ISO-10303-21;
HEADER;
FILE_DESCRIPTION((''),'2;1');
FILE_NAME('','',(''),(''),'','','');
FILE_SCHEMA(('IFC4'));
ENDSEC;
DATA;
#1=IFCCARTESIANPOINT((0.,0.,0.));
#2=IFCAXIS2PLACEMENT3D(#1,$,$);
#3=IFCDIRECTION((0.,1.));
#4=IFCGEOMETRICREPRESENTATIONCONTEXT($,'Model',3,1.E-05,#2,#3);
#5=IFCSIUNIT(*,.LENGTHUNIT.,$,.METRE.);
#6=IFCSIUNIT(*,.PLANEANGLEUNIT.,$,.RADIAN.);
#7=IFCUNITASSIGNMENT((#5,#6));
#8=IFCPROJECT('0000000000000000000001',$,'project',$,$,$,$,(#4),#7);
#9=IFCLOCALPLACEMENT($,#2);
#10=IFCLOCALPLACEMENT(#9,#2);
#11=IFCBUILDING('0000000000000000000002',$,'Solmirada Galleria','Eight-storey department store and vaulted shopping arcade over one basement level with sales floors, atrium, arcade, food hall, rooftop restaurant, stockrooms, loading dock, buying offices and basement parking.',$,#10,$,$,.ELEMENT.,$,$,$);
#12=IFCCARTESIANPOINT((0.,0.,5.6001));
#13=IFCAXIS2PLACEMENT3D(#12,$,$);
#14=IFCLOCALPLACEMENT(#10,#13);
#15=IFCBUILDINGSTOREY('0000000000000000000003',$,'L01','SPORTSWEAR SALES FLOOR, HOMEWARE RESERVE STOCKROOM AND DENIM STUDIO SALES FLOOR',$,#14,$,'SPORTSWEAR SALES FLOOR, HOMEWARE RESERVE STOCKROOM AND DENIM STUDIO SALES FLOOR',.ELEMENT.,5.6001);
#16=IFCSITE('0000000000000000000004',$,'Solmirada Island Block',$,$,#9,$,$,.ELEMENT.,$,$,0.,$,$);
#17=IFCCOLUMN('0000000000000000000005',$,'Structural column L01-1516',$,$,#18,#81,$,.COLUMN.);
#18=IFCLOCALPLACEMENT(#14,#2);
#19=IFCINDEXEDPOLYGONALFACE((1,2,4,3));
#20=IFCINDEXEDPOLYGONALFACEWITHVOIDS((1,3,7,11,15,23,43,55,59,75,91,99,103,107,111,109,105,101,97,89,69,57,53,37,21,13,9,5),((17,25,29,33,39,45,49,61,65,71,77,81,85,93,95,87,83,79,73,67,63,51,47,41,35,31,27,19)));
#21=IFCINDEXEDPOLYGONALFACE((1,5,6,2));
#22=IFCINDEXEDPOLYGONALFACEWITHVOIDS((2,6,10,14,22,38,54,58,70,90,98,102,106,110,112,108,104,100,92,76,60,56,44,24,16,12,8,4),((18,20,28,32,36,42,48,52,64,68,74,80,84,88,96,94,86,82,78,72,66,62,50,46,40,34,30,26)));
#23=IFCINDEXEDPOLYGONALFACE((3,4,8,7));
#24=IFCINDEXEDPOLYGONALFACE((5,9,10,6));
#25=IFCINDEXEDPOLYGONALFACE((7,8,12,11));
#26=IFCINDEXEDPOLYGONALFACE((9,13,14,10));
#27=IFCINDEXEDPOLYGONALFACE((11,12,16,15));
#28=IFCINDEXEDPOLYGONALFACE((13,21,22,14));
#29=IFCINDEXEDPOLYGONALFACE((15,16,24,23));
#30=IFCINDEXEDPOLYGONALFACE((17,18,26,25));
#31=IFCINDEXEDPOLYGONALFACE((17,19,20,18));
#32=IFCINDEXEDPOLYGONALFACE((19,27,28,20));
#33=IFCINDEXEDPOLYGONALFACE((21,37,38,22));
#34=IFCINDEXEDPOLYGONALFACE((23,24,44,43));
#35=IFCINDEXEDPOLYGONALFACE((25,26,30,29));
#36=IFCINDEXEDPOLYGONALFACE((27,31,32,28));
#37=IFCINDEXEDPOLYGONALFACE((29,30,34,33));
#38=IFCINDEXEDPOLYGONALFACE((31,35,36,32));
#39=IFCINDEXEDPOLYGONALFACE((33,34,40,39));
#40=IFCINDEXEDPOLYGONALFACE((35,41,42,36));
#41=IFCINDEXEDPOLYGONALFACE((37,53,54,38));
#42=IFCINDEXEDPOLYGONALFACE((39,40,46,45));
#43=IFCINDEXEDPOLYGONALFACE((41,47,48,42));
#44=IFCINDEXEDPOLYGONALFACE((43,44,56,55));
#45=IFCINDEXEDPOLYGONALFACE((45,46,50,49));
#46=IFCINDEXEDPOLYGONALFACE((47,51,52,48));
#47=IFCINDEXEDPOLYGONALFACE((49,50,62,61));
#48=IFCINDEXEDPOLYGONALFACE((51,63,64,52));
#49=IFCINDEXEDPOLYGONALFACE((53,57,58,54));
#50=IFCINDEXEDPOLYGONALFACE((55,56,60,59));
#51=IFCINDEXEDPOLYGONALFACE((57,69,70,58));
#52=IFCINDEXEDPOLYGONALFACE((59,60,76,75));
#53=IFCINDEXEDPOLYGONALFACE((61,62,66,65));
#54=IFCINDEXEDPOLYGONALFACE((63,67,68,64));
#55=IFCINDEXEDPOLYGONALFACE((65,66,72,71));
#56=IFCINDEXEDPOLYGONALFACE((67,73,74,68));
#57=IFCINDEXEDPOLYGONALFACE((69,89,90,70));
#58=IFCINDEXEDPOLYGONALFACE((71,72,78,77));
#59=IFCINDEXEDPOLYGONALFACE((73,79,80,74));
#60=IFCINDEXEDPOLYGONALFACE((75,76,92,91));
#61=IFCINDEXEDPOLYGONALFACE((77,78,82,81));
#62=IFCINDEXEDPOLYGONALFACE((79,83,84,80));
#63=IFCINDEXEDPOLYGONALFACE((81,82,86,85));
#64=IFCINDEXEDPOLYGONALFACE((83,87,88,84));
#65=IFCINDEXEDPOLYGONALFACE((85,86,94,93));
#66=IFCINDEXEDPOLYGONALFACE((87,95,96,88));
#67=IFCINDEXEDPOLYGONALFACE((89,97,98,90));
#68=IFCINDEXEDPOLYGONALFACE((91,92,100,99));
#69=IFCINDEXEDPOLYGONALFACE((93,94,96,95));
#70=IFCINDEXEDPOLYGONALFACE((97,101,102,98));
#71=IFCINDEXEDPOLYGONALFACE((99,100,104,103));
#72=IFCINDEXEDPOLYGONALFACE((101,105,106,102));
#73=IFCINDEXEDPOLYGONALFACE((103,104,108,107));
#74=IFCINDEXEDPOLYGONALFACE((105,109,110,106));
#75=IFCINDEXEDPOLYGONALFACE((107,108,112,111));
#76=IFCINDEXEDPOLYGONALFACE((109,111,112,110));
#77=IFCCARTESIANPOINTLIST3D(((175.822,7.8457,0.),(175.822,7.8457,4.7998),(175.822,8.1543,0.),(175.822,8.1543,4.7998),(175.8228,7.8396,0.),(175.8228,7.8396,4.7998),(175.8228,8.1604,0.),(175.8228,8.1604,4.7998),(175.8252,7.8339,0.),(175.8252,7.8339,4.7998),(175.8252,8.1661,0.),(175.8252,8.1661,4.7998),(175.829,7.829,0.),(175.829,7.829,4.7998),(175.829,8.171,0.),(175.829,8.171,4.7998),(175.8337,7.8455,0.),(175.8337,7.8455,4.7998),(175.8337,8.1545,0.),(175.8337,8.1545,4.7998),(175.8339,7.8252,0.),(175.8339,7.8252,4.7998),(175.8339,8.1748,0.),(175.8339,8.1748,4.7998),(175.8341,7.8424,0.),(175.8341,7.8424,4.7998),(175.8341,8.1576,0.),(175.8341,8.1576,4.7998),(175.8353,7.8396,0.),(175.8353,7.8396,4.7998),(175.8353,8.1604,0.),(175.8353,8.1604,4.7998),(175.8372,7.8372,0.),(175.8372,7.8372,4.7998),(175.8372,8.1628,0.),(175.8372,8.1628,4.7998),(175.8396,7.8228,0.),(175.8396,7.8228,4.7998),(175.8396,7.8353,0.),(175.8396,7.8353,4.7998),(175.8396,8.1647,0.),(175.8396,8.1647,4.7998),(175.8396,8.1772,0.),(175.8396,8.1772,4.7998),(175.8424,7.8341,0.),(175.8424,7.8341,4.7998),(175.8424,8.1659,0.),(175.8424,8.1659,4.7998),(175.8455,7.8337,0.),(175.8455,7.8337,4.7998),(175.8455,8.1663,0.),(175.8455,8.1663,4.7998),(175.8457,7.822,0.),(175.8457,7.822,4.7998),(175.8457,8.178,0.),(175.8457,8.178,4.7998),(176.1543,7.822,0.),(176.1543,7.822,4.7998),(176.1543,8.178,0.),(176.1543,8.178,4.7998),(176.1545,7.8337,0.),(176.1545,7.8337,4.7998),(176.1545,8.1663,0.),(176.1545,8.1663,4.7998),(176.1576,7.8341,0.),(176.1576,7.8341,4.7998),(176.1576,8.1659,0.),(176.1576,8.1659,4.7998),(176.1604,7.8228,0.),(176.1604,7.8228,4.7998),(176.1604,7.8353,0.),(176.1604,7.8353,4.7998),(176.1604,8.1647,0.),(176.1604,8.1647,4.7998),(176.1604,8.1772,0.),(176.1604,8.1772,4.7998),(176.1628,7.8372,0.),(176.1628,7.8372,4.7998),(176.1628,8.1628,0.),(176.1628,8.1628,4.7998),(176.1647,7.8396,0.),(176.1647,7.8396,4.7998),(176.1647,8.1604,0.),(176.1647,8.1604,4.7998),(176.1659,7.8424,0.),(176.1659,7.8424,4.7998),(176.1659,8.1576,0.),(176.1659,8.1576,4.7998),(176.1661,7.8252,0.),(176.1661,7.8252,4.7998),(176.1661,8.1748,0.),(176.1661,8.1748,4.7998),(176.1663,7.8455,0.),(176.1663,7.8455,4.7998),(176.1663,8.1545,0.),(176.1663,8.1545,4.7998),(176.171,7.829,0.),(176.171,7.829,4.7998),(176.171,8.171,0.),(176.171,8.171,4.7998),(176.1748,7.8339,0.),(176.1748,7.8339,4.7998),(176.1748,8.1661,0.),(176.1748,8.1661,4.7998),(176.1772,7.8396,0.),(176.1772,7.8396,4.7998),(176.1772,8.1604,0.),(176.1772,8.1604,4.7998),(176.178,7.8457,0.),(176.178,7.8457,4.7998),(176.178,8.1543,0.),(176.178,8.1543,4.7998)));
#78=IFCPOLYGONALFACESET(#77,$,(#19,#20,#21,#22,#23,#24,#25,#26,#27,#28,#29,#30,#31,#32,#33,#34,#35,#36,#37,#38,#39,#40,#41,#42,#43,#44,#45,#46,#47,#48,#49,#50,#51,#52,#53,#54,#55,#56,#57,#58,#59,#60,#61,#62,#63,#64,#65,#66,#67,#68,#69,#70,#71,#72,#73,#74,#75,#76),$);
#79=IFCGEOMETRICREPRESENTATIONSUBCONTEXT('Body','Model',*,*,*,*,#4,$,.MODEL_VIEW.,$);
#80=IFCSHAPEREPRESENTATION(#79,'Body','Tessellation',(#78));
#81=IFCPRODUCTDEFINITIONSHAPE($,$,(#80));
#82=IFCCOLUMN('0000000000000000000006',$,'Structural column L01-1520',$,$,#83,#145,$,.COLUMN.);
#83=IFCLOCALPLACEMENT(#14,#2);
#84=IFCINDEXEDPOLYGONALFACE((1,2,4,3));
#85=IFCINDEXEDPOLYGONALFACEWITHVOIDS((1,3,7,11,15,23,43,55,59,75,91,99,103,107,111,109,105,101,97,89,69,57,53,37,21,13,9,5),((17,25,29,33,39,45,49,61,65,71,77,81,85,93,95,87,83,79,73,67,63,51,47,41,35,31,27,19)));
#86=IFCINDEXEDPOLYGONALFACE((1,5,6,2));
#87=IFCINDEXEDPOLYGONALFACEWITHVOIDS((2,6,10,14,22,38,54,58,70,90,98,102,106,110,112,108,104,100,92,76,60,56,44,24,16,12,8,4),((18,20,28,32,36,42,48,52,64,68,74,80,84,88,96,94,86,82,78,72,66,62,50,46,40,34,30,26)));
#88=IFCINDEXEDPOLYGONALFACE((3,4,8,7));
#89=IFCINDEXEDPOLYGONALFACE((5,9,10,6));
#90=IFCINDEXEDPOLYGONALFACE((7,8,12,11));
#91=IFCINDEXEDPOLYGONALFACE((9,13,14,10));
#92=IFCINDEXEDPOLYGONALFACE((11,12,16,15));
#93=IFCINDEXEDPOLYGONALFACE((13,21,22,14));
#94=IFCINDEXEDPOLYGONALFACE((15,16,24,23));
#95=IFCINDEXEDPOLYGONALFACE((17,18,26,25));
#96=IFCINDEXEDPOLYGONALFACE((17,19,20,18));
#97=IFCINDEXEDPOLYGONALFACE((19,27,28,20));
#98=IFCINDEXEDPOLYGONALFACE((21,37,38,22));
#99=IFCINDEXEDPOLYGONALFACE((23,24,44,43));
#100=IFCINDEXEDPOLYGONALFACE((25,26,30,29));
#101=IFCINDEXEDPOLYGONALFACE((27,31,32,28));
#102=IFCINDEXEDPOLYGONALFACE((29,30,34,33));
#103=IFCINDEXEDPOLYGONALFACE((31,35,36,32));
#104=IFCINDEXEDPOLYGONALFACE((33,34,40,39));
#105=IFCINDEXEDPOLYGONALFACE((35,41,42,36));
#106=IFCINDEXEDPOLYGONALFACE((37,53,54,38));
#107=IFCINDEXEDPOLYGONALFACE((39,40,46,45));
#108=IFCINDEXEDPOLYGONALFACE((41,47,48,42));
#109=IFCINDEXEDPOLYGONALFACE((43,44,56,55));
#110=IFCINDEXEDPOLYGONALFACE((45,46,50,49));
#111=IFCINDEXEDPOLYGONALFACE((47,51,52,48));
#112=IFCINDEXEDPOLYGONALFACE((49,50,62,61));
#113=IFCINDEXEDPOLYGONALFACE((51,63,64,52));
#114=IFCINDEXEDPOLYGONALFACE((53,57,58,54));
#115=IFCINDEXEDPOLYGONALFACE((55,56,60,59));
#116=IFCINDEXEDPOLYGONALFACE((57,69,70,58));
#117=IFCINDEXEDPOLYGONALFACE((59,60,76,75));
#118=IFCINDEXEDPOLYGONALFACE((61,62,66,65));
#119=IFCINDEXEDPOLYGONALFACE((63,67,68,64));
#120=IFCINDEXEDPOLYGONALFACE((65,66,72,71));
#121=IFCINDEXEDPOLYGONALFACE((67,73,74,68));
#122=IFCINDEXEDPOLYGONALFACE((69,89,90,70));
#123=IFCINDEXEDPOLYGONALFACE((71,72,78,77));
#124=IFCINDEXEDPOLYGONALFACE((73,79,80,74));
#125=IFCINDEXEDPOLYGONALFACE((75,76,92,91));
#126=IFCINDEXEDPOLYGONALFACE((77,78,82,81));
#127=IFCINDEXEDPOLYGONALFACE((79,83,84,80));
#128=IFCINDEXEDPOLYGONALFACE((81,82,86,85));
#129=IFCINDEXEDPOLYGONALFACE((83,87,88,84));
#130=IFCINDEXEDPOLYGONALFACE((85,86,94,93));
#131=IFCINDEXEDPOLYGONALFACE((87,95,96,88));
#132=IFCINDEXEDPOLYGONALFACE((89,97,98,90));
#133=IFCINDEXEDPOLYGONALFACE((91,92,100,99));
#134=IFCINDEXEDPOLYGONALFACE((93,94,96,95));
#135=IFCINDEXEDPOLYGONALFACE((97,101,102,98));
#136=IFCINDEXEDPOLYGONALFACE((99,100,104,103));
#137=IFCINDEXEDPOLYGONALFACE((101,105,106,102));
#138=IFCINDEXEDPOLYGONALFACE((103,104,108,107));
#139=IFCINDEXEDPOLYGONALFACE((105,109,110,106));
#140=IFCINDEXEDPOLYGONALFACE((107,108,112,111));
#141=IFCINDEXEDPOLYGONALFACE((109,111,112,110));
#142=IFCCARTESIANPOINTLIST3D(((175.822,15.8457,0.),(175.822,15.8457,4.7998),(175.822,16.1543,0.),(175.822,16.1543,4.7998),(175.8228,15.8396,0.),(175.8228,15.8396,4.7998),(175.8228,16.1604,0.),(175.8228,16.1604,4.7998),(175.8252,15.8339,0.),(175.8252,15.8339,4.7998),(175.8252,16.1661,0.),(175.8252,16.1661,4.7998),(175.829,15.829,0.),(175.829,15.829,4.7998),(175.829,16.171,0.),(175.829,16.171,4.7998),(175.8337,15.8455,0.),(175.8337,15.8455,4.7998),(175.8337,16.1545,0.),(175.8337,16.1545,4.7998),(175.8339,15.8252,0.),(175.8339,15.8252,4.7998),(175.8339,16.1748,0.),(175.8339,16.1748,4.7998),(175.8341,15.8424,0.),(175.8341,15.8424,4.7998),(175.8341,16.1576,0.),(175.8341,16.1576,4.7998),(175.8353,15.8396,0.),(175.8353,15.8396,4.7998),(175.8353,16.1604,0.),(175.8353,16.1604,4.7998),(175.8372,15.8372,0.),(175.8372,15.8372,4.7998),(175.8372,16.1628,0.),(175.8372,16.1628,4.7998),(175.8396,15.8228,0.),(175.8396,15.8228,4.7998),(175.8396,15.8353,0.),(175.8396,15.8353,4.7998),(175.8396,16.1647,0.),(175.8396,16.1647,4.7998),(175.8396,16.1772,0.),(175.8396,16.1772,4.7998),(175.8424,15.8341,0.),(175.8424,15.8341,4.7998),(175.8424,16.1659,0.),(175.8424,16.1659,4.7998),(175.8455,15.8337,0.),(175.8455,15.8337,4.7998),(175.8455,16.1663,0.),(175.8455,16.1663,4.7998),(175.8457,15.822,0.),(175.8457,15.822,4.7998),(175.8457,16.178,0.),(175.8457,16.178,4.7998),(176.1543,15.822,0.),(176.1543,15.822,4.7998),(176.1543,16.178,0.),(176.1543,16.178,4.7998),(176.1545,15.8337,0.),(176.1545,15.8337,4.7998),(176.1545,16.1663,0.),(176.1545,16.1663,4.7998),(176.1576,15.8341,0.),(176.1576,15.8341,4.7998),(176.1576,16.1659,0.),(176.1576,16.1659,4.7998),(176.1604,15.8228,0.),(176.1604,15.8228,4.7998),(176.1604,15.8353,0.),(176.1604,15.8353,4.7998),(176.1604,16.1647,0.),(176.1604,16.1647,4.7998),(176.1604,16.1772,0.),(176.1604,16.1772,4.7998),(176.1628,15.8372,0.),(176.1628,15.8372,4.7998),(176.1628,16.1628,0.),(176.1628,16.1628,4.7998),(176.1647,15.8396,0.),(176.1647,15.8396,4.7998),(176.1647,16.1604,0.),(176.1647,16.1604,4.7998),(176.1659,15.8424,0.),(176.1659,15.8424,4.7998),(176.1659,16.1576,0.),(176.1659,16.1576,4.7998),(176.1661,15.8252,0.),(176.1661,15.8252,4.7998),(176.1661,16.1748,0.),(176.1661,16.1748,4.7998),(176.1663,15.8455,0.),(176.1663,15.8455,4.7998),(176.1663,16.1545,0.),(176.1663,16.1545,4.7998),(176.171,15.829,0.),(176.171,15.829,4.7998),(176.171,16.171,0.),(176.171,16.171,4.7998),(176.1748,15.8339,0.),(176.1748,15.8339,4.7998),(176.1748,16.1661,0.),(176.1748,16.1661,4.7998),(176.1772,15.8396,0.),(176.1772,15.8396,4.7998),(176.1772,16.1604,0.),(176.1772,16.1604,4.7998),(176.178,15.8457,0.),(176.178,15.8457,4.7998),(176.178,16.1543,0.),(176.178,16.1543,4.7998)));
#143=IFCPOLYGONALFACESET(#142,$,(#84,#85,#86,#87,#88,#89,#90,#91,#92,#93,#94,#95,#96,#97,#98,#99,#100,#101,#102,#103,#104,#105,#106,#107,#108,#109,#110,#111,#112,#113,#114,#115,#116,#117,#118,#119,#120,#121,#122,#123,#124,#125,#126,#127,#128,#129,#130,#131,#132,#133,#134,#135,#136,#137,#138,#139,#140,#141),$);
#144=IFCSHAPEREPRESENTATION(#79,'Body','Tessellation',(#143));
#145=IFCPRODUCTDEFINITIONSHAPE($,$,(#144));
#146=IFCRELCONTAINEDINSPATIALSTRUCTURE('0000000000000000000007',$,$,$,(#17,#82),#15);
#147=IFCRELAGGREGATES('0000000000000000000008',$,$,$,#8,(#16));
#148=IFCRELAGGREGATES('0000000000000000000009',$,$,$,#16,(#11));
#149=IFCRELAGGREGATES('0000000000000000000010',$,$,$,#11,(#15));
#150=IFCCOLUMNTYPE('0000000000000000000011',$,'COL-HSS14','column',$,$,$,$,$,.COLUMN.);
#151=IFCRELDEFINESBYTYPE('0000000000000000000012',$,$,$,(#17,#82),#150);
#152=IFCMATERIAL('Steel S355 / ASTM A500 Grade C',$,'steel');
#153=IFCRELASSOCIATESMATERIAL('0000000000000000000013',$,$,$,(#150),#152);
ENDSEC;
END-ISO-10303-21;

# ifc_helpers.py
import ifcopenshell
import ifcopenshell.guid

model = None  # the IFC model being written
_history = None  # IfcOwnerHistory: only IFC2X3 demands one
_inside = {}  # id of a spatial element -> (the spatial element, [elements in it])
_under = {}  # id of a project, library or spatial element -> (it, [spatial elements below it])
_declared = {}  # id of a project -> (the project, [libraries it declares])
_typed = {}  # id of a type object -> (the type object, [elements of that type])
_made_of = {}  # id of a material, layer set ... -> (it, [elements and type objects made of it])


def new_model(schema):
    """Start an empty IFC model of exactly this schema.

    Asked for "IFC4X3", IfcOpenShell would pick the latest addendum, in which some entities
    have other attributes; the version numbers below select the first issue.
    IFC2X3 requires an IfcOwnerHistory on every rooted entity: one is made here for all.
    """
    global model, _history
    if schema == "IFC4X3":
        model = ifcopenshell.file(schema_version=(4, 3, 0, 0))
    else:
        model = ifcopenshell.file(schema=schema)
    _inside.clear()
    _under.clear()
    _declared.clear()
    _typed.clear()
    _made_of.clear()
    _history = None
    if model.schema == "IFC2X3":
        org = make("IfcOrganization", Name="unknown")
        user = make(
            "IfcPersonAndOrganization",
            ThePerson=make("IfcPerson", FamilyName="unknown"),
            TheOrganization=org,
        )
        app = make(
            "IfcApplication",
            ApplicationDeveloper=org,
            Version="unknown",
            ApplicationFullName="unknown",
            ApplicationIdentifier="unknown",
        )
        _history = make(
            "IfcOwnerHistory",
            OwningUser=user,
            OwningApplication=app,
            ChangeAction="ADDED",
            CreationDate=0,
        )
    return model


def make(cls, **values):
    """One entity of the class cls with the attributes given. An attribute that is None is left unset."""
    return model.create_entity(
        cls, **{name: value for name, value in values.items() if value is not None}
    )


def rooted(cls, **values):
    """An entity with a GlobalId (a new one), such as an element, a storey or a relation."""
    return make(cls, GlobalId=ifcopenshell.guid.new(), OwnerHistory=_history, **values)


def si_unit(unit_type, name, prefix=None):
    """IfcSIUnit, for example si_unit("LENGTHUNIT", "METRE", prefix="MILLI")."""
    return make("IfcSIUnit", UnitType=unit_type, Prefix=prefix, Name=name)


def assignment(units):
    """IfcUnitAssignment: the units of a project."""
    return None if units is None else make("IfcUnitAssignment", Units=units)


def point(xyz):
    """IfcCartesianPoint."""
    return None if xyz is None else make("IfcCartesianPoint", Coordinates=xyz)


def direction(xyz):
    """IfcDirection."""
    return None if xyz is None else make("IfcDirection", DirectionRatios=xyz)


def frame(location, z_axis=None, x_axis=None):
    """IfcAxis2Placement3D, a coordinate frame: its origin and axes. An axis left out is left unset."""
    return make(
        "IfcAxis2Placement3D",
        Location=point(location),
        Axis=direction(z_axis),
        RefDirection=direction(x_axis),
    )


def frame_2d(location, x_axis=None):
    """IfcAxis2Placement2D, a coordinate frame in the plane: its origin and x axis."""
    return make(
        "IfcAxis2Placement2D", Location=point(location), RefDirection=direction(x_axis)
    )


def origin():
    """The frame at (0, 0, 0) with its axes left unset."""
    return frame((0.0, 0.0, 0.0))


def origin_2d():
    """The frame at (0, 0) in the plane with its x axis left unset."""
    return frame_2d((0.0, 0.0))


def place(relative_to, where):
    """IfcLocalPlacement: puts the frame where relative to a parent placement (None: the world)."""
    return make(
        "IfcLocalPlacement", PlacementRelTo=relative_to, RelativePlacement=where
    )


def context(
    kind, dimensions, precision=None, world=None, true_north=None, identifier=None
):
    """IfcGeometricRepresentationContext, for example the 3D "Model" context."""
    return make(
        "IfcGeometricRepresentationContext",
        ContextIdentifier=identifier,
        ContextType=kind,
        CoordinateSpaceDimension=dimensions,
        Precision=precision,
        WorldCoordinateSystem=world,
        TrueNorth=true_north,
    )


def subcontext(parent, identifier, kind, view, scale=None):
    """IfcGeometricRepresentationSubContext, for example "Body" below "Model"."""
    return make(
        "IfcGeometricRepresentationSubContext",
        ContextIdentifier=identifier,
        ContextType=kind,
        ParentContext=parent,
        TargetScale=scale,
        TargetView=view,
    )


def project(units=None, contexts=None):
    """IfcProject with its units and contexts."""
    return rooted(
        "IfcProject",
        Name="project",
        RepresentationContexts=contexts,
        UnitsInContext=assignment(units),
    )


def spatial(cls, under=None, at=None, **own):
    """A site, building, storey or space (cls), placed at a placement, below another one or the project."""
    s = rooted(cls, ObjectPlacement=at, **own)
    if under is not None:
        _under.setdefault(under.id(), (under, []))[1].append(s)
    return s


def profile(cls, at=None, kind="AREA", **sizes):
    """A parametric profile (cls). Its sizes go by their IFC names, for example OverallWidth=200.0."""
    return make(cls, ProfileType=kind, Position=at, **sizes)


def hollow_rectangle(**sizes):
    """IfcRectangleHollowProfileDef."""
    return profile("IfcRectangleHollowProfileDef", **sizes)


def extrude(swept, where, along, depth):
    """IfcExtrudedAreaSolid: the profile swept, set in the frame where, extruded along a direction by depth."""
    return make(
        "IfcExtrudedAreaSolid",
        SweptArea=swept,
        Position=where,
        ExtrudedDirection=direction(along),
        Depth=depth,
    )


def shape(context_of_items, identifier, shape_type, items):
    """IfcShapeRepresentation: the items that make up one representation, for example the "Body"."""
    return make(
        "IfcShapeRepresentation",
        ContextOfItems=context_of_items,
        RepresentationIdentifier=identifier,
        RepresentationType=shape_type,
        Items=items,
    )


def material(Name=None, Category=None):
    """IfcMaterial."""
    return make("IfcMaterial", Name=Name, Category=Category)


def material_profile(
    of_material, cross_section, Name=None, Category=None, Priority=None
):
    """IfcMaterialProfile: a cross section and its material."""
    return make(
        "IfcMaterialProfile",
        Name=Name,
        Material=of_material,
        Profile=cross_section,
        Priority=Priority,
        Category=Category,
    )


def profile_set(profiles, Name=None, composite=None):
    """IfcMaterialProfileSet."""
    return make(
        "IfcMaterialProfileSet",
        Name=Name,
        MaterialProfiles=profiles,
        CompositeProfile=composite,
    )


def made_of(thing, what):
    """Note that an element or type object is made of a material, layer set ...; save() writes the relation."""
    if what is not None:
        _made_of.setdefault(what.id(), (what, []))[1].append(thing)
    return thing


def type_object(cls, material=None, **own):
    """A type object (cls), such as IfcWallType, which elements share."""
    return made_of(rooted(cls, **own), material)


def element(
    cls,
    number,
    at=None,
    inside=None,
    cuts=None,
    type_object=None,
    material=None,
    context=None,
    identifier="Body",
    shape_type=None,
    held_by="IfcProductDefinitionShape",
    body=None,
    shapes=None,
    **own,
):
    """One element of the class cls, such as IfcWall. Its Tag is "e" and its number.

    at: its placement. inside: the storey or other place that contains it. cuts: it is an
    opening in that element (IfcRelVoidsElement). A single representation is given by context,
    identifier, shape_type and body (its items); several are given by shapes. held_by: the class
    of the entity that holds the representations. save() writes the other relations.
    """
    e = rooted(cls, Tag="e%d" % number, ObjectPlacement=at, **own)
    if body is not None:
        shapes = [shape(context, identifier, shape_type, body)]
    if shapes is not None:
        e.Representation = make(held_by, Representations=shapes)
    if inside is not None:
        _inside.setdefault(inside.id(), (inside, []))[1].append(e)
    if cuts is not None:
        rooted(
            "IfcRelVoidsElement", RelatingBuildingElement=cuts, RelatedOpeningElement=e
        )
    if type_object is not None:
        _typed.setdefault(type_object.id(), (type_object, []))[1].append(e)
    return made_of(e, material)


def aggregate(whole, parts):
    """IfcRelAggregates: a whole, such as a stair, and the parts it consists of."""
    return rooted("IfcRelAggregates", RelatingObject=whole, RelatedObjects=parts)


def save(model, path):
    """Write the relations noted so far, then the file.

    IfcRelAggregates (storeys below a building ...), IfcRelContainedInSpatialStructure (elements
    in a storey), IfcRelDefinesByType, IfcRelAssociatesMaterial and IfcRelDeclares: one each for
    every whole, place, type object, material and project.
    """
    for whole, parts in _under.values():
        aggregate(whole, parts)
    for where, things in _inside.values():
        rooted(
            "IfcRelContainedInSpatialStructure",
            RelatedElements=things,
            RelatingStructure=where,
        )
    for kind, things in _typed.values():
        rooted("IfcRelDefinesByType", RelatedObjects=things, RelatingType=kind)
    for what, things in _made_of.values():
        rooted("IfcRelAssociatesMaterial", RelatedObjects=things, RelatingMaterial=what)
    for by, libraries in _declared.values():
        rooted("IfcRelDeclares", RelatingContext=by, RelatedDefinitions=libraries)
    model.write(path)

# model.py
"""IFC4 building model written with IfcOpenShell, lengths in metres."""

from ifc_helpers import new_model, si_unit, direction, frame, origin, origin_2d, place, context, subcontext, project, spatial, hollow_rectangle, extrude, material, material_profile, profile_set, type_object, element, save


model = new_model("IFC4")

# Units and contexts
model_context = context("Model", 3, precision=1e-05, world=origin(), true_north=direction((0.0, 1.0)))
body_context = subcontext(model_context, "Body", "Model", "MODEL_VIEW")
ifc_project = project(units=[si_unit("LENGTHUNIT", "METRE"), si_unit("PLANEANGLEUNIT", "RADIAN")], contexts=[model_context])

# Site, building, storey
site_placement = place(None, origin())
site = spatial("IfcSite", under=ifc_project, at=site_placement, Name="Solmirada Island Block", CompositionType="ELEMENT", RefElevation=0.0)
building_placement = place(site_placement, origin())
building = spatial("IfcBuilding", under=site, at=building_placement, Name="Solmirada Galleria", Description="Eight-storey department store and vaulted shopping arcade over one basement level with sales floors, atrium, arcade, food hall, rooftop restaurant, stockrooms, loading dock, buying offices and basement parking.", CompositionType="ELEMENT")
storey_placement = place(building_placement, frame((0.0, 0.0, 5.6001)))
storey = spatial("IfcBuildingStorey", under=building, at=storey_placement, Name="L01", Description="SPORTSWEAR SALES FLOOR, HOMEWARE RESERVE STOCKROOM AND DENIM STUDIO SALES FLOOR", LongName="SPORTSWEAR SALES FLOOR, HOMEWARE RESERVE STOCKROOM AND DENIM STUDIO SALES FLOOR", CompositionType="ELEMENT", Elevation=5.6001)

# Columns
ifc_material_1 = material(Name="Steel S355 / ASTM A500 Grade C", Category="steel")
ifc_material_profile_1 = material_profile(ifc_material_1, hollow_rectangle(XDim=0.356, YDim=0.356, WallThickness=0.0117, InnerFilletRadius=0.0117, OuterFilletRadius=0.0237, at=origin_2d()), Name="HSS14X14X1/2")
ifc_profile_set_1 = profile_set([ifc_material_profile_1], Name="Steel S355 / ASTM A500 Grade C")
column_type = type_object("IfcColumnType", Name="COL-HSS14", Description="column", PredefinedType="COLUMN", material=ifc_profile_set_1)
for number, where, z_axis, x_axis, name in (
    (1, (176.0, 8.0, 0.0), (0.0, 0.0, 1.0), (1.0, 0.0, 0.0), "Structural column L01-1516"),
    (2, (176.0, 16.0, 0.0), (0.0, 0.0, 1.0), (1.0, 0.0, 0.0), "Structural column L01-1520"),
):
    element("IfcColumn", number, at=place(storey_placement, frame(where, z_axis=z_axis, x_axis=x_axis)), inside=storey, type_object=column_type, Name=name, PredefinedType="COLUMN", context=body_context, shape_type="SweptSolid", body=[
        extrude(hollow_rectangle(XDim=0.356, YDim=0.356, WallThickness=0.0117, InnerFilletRadius=0.0117, OuterFilletRadius=0.0237, at=origin_2d()), origin(), (0.0, 0.0, 1.0), 4.7998),
    ])

save(model, "model.ifc")
